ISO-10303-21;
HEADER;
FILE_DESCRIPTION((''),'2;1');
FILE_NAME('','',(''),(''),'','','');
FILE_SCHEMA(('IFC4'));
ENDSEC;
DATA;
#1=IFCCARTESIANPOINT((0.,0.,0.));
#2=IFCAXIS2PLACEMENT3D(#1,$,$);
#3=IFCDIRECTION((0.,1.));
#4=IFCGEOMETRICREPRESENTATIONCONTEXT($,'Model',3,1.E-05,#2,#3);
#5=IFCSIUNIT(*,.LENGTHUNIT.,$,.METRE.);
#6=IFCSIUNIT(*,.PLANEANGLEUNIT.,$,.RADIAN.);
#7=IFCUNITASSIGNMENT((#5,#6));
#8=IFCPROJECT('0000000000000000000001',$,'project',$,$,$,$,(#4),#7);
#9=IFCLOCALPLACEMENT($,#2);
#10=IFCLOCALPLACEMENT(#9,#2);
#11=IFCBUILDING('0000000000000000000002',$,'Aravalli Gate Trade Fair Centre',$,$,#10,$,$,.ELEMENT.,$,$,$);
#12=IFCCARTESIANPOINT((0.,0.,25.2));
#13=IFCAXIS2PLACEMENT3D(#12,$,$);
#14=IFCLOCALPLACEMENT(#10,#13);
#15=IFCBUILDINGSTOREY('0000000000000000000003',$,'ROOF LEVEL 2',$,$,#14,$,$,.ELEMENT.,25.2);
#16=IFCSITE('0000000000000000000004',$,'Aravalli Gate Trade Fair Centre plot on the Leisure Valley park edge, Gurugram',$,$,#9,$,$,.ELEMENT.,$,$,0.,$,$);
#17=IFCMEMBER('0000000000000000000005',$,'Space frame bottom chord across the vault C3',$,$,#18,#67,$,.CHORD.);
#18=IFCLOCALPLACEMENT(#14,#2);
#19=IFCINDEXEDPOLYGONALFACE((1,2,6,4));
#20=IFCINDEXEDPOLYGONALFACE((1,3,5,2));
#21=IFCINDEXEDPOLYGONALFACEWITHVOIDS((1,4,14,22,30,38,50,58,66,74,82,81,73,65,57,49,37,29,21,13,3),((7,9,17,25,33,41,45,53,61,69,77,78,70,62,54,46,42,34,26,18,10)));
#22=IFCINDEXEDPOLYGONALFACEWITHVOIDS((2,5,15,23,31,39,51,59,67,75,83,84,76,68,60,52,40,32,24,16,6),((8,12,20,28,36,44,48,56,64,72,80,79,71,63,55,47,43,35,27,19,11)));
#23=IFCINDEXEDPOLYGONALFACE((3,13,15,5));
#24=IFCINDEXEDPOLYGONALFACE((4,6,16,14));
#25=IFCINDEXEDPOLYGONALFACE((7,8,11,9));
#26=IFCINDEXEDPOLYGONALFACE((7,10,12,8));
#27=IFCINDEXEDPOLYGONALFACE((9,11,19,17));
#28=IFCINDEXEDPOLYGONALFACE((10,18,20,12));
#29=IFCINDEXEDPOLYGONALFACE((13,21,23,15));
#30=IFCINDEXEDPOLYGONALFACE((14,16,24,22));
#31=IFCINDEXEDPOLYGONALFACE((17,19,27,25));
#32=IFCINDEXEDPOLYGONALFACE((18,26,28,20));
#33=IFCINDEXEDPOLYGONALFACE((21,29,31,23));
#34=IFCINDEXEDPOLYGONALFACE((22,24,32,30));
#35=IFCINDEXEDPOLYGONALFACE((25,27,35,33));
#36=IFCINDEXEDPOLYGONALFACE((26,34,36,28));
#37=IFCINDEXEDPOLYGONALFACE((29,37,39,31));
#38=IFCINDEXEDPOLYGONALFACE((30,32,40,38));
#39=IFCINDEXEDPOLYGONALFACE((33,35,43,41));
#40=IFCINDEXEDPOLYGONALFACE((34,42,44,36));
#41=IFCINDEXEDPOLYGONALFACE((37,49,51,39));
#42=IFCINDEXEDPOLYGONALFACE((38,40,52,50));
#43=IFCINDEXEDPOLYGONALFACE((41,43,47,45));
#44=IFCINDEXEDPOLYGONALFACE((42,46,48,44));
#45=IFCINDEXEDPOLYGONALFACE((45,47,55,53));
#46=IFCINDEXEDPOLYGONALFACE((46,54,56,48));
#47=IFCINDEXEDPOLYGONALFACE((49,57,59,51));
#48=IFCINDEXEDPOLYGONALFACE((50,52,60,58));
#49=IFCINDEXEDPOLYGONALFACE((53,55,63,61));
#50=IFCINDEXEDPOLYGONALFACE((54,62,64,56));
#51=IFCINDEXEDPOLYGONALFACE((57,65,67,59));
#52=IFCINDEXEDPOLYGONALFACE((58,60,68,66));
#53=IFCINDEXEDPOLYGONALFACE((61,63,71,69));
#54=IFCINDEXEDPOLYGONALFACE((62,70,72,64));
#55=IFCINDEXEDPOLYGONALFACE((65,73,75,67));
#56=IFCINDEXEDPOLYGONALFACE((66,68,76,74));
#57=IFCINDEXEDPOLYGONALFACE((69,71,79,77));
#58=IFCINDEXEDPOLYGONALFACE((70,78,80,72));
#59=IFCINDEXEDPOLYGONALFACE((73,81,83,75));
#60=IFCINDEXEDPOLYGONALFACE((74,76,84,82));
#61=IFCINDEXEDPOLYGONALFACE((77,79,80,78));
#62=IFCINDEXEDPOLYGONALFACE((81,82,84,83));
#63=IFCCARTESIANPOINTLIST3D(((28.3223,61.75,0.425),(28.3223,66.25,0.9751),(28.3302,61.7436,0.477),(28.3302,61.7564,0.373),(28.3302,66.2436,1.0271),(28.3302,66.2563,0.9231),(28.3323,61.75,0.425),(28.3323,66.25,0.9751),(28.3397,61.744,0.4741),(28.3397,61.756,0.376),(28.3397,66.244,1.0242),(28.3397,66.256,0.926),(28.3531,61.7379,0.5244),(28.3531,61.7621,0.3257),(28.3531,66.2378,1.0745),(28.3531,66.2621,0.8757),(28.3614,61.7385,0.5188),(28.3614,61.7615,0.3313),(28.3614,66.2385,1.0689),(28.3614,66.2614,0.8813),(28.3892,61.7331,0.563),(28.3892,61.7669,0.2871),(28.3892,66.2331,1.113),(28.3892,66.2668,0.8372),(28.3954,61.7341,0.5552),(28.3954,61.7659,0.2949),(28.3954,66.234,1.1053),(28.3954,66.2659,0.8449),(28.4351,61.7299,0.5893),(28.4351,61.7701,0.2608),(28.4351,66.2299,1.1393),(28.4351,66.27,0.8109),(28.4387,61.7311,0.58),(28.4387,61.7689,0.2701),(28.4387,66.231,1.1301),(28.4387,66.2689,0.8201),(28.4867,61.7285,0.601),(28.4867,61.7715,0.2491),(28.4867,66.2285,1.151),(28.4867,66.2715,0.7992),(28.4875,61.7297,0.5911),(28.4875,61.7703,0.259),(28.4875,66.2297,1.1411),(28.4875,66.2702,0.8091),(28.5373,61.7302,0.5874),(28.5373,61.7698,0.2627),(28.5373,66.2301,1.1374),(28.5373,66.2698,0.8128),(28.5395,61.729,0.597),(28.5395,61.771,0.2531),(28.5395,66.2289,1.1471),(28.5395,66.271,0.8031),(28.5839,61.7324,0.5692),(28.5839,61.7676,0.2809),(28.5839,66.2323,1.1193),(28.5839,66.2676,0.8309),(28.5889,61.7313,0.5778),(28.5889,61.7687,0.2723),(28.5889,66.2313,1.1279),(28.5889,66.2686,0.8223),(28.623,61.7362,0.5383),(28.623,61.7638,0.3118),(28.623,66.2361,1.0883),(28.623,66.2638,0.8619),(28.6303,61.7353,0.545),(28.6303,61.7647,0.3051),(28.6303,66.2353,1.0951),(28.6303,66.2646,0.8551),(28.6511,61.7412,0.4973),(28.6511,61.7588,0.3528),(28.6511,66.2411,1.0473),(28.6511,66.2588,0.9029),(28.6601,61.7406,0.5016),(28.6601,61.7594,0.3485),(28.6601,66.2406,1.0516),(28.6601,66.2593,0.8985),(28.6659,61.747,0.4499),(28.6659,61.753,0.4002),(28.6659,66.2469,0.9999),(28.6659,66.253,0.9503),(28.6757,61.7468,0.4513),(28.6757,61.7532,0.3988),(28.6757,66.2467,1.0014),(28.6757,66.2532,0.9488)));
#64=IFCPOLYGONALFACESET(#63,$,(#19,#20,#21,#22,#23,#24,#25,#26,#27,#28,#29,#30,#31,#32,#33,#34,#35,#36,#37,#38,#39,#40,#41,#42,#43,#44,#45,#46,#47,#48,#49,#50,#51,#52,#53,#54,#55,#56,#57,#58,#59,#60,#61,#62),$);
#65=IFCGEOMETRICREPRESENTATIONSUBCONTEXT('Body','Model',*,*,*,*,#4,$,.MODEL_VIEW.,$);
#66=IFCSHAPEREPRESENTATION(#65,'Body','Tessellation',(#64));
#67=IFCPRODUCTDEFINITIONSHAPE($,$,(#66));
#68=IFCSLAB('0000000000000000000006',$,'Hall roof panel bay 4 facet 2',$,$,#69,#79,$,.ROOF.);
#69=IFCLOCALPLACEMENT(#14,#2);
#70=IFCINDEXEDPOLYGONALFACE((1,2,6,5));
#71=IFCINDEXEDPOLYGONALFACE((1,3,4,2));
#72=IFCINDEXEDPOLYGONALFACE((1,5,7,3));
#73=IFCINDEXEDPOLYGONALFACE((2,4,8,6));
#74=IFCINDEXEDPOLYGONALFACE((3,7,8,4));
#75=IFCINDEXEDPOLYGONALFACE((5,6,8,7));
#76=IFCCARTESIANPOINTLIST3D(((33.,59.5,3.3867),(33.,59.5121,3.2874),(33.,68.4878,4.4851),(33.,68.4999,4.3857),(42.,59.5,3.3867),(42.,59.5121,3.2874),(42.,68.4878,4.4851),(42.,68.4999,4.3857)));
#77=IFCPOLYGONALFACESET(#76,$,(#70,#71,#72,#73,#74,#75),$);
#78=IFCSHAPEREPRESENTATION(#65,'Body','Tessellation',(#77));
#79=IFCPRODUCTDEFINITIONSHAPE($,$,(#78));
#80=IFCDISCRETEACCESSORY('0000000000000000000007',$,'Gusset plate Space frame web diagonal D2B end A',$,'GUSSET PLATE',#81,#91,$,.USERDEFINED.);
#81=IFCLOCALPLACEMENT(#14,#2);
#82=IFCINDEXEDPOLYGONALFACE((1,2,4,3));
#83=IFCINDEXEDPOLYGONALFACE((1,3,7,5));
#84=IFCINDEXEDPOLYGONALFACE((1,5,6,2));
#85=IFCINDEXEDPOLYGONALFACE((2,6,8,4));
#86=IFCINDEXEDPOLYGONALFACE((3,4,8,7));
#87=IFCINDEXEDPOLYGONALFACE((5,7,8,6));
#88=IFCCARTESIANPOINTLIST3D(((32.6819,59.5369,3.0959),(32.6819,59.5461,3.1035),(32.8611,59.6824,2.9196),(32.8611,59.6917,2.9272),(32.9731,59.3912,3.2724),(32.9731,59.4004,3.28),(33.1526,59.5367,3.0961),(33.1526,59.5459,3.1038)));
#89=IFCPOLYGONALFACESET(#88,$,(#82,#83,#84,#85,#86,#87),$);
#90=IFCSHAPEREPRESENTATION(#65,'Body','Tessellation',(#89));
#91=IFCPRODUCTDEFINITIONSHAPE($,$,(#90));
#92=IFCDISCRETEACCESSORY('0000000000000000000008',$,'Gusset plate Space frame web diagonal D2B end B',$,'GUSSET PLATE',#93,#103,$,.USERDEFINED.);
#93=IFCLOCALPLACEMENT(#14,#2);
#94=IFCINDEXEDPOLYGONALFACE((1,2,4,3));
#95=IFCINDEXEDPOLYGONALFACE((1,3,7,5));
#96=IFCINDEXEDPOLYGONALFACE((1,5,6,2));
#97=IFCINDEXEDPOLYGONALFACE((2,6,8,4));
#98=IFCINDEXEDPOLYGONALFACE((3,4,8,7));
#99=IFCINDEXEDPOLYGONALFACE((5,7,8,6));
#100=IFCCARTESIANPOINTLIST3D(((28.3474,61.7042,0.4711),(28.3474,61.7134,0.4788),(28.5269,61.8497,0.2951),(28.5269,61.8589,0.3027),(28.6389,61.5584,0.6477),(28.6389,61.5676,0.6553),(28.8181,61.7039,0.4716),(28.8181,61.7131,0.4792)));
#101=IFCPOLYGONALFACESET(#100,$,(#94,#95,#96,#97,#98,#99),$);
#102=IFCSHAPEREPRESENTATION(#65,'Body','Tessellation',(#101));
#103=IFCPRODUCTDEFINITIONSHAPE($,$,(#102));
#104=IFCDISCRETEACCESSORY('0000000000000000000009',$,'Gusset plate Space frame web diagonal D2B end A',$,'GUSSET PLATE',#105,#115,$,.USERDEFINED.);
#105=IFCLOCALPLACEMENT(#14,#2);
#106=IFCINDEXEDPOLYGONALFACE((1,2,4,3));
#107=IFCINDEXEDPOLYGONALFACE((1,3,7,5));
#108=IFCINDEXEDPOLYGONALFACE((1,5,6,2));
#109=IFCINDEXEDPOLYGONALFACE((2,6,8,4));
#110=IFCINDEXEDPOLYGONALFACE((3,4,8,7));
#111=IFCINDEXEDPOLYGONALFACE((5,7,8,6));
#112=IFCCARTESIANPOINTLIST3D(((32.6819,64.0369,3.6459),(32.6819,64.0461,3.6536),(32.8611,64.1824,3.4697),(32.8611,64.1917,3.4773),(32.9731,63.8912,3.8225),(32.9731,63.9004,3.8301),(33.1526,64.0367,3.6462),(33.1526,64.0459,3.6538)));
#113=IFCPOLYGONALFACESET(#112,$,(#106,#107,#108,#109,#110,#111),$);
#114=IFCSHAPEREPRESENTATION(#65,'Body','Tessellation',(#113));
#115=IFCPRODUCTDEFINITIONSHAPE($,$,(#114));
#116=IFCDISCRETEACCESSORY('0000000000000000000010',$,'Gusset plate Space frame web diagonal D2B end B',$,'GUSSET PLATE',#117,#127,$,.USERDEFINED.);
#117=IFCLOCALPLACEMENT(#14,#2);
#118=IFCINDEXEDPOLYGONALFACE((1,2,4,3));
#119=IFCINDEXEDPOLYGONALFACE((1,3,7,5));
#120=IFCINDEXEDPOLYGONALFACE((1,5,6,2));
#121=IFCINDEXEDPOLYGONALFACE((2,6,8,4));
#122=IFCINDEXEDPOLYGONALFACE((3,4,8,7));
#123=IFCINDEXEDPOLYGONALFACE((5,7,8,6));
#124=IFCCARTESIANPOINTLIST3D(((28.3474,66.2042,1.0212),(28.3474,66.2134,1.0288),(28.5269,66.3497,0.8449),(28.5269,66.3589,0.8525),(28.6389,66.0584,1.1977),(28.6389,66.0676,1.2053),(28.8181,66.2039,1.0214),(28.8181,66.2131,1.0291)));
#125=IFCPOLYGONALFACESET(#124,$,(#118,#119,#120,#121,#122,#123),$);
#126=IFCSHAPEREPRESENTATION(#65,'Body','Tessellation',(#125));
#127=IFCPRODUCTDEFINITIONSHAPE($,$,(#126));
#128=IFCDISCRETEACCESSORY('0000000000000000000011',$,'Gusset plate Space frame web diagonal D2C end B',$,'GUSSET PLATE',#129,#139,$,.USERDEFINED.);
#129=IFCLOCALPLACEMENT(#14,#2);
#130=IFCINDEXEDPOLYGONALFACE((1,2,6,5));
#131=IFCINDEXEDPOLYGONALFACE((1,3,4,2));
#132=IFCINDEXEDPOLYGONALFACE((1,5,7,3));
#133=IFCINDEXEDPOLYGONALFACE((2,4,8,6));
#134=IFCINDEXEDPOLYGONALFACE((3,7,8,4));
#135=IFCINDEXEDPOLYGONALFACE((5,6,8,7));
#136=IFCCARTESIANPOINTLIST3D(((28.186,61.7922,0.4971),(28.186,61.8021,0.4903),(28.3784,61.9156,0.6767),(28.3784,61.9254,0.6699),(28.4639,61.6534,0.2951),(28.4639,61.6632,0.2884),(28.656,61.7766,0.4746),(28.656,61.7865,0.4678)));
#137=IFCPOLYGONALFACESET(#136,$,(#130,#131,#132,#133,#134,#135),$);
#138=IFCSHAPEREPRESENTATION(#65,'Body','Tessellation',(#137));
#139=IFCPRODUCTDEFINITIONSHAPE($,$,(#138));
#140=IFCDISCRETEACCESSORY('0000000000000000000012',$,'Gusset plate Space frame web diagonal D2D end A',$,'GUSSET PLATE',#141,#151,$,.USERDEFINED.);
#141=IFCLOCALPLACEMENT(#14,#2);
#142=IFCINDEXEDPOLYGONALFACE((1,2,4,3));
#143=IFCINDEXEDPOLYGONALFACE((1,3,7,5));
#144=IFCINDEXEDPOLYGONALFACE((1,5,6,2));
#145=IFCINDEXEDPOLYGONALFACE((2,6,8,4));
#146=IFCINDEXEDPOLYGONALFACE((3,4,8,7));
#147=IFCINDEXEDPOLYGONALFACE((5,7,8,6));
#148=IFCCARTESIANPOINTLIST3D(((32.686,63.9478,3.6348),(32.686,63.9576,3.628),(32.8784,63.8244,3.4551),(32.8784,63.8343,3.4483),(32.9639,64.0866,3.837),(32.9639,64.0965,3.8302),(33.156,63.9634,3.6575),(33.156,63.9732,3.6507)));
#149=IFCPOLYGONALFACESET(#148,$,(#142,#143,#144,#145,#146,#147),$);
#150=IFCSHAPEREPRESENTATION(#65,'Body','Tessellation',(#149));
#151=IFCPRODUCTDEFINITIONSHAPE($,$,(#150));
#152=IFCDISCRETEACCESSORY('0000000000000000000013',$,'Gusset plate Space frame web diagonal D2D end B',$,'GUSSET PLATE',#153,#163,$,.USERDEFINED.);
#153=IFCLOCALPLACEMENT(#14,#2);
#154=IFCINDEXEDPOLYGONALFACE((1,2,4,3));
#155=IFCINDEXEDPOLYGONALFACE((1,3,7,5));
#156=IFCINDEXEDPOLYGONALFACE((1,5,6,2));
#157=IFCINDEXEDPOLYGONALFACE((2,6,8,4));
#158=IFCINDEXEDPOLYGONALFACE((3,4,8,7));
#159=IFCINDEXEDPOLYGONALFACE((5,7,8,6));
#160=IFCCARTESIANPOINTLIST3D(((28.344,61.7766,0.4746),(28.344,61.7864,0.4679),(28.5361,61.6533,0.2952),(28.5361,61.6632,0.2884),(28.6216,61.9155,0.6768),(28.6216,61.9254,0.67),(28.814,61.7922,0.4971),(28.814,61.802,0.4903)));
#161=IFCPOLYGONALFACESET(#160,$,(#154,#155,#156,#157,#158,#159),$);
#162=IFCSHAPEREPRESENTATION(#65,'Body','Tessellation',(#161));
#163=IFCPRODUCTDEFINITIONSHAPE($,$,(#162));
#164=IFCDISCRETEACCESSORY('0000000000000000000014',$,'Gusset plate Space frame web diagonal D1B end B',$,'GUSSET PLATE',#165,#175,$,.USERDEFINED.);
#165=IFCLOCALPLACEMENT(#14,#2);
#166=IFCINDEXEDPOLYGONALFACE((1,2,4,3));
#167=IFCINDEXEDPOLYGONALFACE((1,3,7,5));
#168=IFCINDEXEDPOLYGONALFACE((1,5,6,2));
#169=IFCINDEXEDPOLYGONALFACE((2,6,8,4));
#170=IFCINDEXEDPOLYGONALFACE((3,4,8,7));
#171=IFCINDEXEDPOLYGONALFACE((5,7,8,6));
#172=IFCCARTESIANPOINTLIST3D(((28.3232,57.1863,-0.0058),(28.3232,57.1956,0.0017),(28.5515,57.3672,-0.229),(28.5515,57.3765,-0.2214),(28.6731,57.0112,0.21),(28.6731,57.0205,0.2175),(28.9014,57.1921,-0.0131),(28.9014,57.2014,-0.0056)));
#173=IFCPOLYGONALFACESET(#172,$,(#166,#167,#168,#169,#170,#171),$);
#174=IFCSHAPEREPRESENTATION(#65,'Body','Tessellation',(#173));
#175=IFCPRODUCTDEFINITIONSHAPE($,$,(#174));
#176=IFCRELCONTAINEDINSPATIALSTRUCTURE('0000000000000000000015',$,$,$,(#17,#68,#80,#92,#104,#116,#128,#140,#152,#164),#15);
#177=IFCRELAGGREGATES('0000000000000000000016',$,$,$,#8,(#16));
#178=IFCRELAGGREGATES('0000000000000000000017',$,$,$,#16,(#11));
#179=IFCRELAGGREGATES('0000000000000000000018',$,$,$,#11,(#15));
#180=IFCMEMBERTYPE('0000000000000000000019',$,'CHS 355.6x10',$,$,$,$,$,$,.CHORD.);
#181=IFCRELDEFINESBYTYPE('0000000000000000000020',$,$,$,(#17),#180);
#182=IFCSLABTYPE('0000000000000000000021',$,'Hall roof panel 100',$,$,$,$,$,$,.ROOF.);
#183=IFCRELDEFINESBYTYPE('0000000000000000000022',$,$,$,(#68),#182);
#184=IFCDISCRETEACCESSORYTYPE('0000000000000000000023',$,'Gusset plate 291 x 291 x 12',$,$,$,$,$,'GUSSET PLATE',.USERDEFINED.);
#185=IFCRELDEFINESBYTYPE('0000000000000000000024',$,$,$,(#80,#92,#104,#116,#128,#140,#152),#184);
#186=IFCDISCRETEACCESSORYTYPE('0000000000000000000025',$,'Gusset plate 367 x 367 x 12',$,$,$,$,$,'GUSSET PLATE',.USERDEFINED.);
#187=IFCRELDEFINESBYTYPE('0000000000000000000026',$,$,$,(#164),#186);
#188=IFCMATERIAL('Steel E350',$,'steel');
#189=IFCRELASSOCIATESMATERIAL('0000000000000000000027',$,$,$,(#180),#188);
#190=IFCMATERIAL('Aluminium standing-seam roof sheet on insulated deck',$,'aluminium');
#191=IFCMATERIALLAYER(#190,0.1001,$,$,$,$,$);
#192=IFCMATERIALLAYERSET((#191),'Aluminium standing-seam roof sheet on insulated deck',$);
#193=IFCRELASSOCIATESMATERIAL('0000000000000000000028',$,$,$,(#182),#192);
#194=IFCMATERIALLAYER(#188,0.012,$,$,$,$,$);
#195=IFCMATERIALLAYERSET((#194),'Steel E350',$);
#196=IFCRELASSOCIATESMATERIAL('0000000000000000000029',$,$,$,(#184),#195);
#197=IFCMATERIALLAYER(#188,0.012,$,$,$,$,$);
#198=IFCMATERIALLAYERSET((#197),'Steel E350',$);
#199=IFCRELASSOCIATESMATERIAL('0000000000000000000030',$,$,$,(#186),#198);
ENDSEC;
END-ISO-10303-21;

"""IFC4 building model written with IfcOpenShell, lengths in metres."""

from ifc_helpers import new_model, si_unit, direction, frame, origin, origin_2d, place, context, subcontext, project, spatial, polyline, hollow_circle, outline, extrude, material, layer, layer_set, material_profile, profile_set, type_object, element, save


model = new_model("IFC4")

# Units and contexts
model_context = context("Model", 3, precision=1e-05, world=origin(), true_north=direction((0.0, 1.0)))
body_context = subcontext(model_context, "Body", "Model", "MODEL_VIEW")
ifc_project = project(units=[si_unit("LENGTHUNIT", "METRE"), si_unit("PLANEANGLEUNIT", "RADIAN")], contexts=[model_context])

# Site, building, storey
site_placement = place(None, origin())
site = spatial("IfcSite", under=ifc_project, at=site_placement, Name="Aravalli Gate Trade Fair Centre plot on the Leisure Valley park edge, Gurugram", CompositionType="ELEMENT", RefElevation=0.0)
building_placement = place(site_placement, origin())
building = spatial("IfcBuilding", under=site, at=building_placement, Name="Aravalli Gate Trade Fair Centre", CompositionType="ELEMENT")
storey_placement = place(building_placement, frame((0.0, 0.0, 25.2)))
storey = spatial("IfcBuildingStorey", under=building, at=storey_placement, Name="ROOF LEVEL 2", CompositionType="ELEMENT", Elevation=25.2)

# Member
ifc_material_1 = material(Name="Steel E350", Category="steel")
ifc_material_profile_1 = material_profile(ifc_material_1, hollow_circle(Radius=0.1777, WallThickness=0.01, at=origin_2d()), Name="CHS 355.6x10")
ifc_profile_set_1 = profile_set([ifc_material_profile_1], Name="Steel E350")
member_type_1 = type_object("IfcMemberType", Name="CHS 355.6x10", PredefinedType="CHORD", material=ifc_profile_set_1)
member_1_placement = place(storey_placement, frame((28.5, 61.75, 0.425), z_axis=(0.0, 0.992612, 0.12133), x_axis=(-1.0, 0.0, 0.0)))
element("IfcMember", 1, at=member_1_placement, inside=storey, type_object=member_type_1, Name="Space frame bottom chord across the vault C3", PredefinedType="CHORD", context=body_context, shape_type="SweptSolid", body=[
    extrude(hollow_circle(Radius=0.1777, WallThickness=0.01, at=origin_2d()), origin(), (0.0, 0.0, 1.0), 4.5334),
])

# Slab
ifc_material_2 = material(Name="Aluminium standing-seam roof sheet on insulated deck", Category="aluminium")
ifc_layer_1 = layer(ifc_material_2, 0.1001)
ifc_layer_set_1 = layer_set([ifc_layer_1], Name="Aluminium standing-seam roof sheet on insulated deck")
slab_type = type_object("IfcSlabType", Name="Hall roof panel 100", PredefinedType="ROOF", material=ifc_layer_set_1)
slab_placement = place(storey_placement, frame((33.0, 59.5, 3.3867), z_axis=(0.0, -0.121306, 0.992615), x_axis=(1.0, 0.0, 0.0)))
element("IfcSlab", 2, at=slab_placement, inside=storey, type_object=slab_type, Name="Hall roof panel bay 4 facet 2", PredefinedType="ROOF", context=body_context, shape_type="SweptSolid", body=[
    extrude(outline(polyline([(0.0, 0.0), (9.0, 0.0), (9.0, 9.0547), (0.0, 9.0547), (0.0, 0.0)])), origin(), (0.0, 0.0, -1.0), 0.1001),
])

# Discrete accessories
ifc_layer_2 = layer(ifc_material_1, 0.012)
ifc_layer_set_2 = layer_set([ifc_layer_2], Name="Steel E350")
discrete_accessory_type_1 = type_object("IfcDiscreteAccessoryType", Name="Gusset plate 291 x 291 x 12", ElementType="GUSSET PLATE", PredefinedType="USERDEFINED", material=ifc_layer_set_2)
discrete_accessory_1_placement = place(storey_placement, frame((32.6819, 59.5461, 3.1035), z_axis=(0.00007, 0.771155, 0.636648), x_axis=(0.786233, -0.393446, 0.476485)))
element("IfcDiscreteAccessory", 3, at=discrete_accessory_1_placement, inside=storey, type_object=discrete_accessory_type_1, Name="Gusset plate Space frame web diagonal D2B end A", ObjectType="GUSSET PLATE", PredefinedType="USERDEFINED", context=body_context, shape_type="SweptSolid", body=[
    extrude(outline(polyline([(0.0, 0.0), (0.3704, 0.0), (0.3703, 0.2906), (-0.0003, 0.2904), (0.0, 0.0)])), origin(), (0.0, 0.0, -1.0), 0.012),
])
discrete_accessory_2_placement = place(storey_placement, frame((28.6389, 61.5676, 0.6553), z_axis=(-0.000261, 0.770887, 0.636972), x_axis=(-0.786484, 0.393242, -0.476238)))
element("IfcDiscreteAccessory", 4, at=discrete_accessory_2_placement, inside=storey, type_object=discrete_accessory_type_1, Name="Gusset plate Space frame web diagonal D2B end B", ObjectType="GUSSET PLATE", PredefinedType="USERDEFINED", context=body_context, shape_type="SweptSolid", body=[
    extrude(outline(polyline([(0.0, 0.0), (0.3706, 0.0), (0.3706, -0.2904), (0.0001, -0.2903), (0.0, 0.0)])), origin(), (0.0, 0.0, -1.0), 0.012),
])
discrete_accessory_3_placement = place(storey_placement, frame((32.6819, 64.0461, 3.6536), z_axis=(0.00007, 0.771155, 0.636648), x_axis=(0.786233, -0.393446, 0.476485)))
element("IfcDiscreteAccessory", 5, at=discrete_accessory_3_placement, inside=storey, type_object=discrete_accessory_type_1, Name="Gusset plate Space frame web diagonal D2B end A", ObjectType="GUSSET PLATE", PredefinedType="USERDEFINED", context=body_context, shape_type="SweptSolid", body=[
    extrude(outline(polyline([(0.0, 0.0), (0.3704, 0.0), (0.3703, 0.2906), (-0.0003, 0.2904), (0.0, 0.0)])), origin(), (0.0, 0.0, -1.0), 0.012),
])
discrete_accessory_4_placement = place(storey_placement, frame((28.6389, 66.0676, 1.2053), z_axis=(0.00007, 0.771155, 0.636648), x_axis=(-0.786484, 0.393242, -0.476238)))
element("IfcDiscreteAccessory", 6, at=discrete_accessory_4_placement, inside=storey, type_object=discrete_accessory_type_1, Name="Gusset plate Space frame web diagonal D2B end B", ObjectType="GUSSET PLATE", PredefinedType="USERDEFINED", context=body_context, shape_type="SweptSolid", body=[
    extrude(outline(polyline([(0.0, 0.0), (0.3706, 0.0), (0.3707, -0.2906), (0.0002, -0.2904), (0.0, 0.0)])), origin(), (0.0, 0.0, -1.0), 0.012),
])
discrete_accessory_5_placement = place(storey_placement, frame((28.186, 61.7922, 0.4971), z_axis=(-0.000339, -0.824216, 0.566276), x_axis=(0.749929, -0.374811, -0.545089)))
element("IfcDiscreteAccessory", 7, at=discrete_accessory_5_placement, inside=storey, type_object=discrete_accessory_type_1, Name="Gusset plate Space frame web diagonal D2C end B", ObjectType="GUSSET PLATE", PredefinedType="USERDEFINED", context=body_context, shape_type="SweptSolid", body=[
    extrude(outline(polyline([(0.0, 0.0), (0.3705, 0.0), (0.3705, 0.2904), (0.0001, 0.2907), (0.0, 0.0)])), origin(), (0.0, 0.0, -1.0), 0.012),
])
discrete_accessory_6_placement = place(storey_placement, frame((32.686, 63.9478, 3.6348), z_axis=(0.000059, -0.824356, 0.566072), x_axis=(0.74966, 0.374676, 0.545552)))
element("IfcDiscreteAccessory", 8, at=discrete_accessory_6_placement, inside=storey, type_object=discrete_accessory_type_1, Name="Gusset plate Space frame web diagonal D2D end A", ObjectType="GUSSET PLATE", PredefinedType="USERDEFINED", context=body_context, shape_type="SweptSolid", body=[
    extrude(outline(polyline([(0.0, 0.0), (0.3706, 0.0), (0.3706, -0.2904), (0.0, -0.2907), (0.0, 0.0)])), origin(), (0.0, 0.0, -1.0), 0.012),
])
discrete_accessory_7_placement = place(storey_placement, frame((28.6216, 61.9155, 0.6768), z_axis=(0.000339, -0.824216, 0.566276), x_axis=(-0.749371, -0.375169, -0.545611)))
element("IfcDiscreteAccessory", 9, at=discrete_accessory_7_placement, inside=storey, type_object=discrete_accessory_type_1, Name="Gusset plate Space frame web diagonal D2D end B", ObjectType="GUSSET PLATE", PredefinedType="USERDEFINED", context=body_context, shape_type="SweptSolid", body=[
    extrude(outline(polyline([(0.0, 0.0), (0.3704, 0.0), (0.3706, 0.2904), (0.0001, 0.2907), (0.0, 0.0)])), origin(), (0.0, 0.0, -1.0), 0.012),
])
ifc_layer_3 = layer(ifc_material_1, 0.012)
ifc_layer_set_3 = layer_set([ifc_layer_3], Name="Steel E350")
discrete_accessory_type_2 = type_object("IfcDiscreteAccessoryType", Name="Gusset plate 367 x 367 x 12", ElementType="GUSSET PLATE", PredefinedType="USERDEFINED", material=ifc_layer_set_3)
discrete_accessory_8_placement = place(storey_placement, frame((28.6731, 57.0205, 0.2175), z_axis=(0.000107, 0.776736, 0.629826), x_axis=(-0.783044, 0.391795, -0.48305)))
element("IfcDiscreteAccessory", 10, at=discrete_accessory_8_placement, inside=storey, type_object=discrete_accessory_type_2, Name="Gusset plate Space frame web diagonal D1B end B", ObjectType="GUSSET PLATE", PredefinedType="USERDEFINED", context=body_context, shape_type="SweptSolid", body=[
    extrude(outline(polyline([(0.0, 0.0), (0.4468, 0.0), (0.4467, -0.3669), (-0.0001, -0.3669), (0.0, 0.0)])), origin(), (0.0, 0.0, -1.0), 0.012),
])

save(model, "model.ifc")
